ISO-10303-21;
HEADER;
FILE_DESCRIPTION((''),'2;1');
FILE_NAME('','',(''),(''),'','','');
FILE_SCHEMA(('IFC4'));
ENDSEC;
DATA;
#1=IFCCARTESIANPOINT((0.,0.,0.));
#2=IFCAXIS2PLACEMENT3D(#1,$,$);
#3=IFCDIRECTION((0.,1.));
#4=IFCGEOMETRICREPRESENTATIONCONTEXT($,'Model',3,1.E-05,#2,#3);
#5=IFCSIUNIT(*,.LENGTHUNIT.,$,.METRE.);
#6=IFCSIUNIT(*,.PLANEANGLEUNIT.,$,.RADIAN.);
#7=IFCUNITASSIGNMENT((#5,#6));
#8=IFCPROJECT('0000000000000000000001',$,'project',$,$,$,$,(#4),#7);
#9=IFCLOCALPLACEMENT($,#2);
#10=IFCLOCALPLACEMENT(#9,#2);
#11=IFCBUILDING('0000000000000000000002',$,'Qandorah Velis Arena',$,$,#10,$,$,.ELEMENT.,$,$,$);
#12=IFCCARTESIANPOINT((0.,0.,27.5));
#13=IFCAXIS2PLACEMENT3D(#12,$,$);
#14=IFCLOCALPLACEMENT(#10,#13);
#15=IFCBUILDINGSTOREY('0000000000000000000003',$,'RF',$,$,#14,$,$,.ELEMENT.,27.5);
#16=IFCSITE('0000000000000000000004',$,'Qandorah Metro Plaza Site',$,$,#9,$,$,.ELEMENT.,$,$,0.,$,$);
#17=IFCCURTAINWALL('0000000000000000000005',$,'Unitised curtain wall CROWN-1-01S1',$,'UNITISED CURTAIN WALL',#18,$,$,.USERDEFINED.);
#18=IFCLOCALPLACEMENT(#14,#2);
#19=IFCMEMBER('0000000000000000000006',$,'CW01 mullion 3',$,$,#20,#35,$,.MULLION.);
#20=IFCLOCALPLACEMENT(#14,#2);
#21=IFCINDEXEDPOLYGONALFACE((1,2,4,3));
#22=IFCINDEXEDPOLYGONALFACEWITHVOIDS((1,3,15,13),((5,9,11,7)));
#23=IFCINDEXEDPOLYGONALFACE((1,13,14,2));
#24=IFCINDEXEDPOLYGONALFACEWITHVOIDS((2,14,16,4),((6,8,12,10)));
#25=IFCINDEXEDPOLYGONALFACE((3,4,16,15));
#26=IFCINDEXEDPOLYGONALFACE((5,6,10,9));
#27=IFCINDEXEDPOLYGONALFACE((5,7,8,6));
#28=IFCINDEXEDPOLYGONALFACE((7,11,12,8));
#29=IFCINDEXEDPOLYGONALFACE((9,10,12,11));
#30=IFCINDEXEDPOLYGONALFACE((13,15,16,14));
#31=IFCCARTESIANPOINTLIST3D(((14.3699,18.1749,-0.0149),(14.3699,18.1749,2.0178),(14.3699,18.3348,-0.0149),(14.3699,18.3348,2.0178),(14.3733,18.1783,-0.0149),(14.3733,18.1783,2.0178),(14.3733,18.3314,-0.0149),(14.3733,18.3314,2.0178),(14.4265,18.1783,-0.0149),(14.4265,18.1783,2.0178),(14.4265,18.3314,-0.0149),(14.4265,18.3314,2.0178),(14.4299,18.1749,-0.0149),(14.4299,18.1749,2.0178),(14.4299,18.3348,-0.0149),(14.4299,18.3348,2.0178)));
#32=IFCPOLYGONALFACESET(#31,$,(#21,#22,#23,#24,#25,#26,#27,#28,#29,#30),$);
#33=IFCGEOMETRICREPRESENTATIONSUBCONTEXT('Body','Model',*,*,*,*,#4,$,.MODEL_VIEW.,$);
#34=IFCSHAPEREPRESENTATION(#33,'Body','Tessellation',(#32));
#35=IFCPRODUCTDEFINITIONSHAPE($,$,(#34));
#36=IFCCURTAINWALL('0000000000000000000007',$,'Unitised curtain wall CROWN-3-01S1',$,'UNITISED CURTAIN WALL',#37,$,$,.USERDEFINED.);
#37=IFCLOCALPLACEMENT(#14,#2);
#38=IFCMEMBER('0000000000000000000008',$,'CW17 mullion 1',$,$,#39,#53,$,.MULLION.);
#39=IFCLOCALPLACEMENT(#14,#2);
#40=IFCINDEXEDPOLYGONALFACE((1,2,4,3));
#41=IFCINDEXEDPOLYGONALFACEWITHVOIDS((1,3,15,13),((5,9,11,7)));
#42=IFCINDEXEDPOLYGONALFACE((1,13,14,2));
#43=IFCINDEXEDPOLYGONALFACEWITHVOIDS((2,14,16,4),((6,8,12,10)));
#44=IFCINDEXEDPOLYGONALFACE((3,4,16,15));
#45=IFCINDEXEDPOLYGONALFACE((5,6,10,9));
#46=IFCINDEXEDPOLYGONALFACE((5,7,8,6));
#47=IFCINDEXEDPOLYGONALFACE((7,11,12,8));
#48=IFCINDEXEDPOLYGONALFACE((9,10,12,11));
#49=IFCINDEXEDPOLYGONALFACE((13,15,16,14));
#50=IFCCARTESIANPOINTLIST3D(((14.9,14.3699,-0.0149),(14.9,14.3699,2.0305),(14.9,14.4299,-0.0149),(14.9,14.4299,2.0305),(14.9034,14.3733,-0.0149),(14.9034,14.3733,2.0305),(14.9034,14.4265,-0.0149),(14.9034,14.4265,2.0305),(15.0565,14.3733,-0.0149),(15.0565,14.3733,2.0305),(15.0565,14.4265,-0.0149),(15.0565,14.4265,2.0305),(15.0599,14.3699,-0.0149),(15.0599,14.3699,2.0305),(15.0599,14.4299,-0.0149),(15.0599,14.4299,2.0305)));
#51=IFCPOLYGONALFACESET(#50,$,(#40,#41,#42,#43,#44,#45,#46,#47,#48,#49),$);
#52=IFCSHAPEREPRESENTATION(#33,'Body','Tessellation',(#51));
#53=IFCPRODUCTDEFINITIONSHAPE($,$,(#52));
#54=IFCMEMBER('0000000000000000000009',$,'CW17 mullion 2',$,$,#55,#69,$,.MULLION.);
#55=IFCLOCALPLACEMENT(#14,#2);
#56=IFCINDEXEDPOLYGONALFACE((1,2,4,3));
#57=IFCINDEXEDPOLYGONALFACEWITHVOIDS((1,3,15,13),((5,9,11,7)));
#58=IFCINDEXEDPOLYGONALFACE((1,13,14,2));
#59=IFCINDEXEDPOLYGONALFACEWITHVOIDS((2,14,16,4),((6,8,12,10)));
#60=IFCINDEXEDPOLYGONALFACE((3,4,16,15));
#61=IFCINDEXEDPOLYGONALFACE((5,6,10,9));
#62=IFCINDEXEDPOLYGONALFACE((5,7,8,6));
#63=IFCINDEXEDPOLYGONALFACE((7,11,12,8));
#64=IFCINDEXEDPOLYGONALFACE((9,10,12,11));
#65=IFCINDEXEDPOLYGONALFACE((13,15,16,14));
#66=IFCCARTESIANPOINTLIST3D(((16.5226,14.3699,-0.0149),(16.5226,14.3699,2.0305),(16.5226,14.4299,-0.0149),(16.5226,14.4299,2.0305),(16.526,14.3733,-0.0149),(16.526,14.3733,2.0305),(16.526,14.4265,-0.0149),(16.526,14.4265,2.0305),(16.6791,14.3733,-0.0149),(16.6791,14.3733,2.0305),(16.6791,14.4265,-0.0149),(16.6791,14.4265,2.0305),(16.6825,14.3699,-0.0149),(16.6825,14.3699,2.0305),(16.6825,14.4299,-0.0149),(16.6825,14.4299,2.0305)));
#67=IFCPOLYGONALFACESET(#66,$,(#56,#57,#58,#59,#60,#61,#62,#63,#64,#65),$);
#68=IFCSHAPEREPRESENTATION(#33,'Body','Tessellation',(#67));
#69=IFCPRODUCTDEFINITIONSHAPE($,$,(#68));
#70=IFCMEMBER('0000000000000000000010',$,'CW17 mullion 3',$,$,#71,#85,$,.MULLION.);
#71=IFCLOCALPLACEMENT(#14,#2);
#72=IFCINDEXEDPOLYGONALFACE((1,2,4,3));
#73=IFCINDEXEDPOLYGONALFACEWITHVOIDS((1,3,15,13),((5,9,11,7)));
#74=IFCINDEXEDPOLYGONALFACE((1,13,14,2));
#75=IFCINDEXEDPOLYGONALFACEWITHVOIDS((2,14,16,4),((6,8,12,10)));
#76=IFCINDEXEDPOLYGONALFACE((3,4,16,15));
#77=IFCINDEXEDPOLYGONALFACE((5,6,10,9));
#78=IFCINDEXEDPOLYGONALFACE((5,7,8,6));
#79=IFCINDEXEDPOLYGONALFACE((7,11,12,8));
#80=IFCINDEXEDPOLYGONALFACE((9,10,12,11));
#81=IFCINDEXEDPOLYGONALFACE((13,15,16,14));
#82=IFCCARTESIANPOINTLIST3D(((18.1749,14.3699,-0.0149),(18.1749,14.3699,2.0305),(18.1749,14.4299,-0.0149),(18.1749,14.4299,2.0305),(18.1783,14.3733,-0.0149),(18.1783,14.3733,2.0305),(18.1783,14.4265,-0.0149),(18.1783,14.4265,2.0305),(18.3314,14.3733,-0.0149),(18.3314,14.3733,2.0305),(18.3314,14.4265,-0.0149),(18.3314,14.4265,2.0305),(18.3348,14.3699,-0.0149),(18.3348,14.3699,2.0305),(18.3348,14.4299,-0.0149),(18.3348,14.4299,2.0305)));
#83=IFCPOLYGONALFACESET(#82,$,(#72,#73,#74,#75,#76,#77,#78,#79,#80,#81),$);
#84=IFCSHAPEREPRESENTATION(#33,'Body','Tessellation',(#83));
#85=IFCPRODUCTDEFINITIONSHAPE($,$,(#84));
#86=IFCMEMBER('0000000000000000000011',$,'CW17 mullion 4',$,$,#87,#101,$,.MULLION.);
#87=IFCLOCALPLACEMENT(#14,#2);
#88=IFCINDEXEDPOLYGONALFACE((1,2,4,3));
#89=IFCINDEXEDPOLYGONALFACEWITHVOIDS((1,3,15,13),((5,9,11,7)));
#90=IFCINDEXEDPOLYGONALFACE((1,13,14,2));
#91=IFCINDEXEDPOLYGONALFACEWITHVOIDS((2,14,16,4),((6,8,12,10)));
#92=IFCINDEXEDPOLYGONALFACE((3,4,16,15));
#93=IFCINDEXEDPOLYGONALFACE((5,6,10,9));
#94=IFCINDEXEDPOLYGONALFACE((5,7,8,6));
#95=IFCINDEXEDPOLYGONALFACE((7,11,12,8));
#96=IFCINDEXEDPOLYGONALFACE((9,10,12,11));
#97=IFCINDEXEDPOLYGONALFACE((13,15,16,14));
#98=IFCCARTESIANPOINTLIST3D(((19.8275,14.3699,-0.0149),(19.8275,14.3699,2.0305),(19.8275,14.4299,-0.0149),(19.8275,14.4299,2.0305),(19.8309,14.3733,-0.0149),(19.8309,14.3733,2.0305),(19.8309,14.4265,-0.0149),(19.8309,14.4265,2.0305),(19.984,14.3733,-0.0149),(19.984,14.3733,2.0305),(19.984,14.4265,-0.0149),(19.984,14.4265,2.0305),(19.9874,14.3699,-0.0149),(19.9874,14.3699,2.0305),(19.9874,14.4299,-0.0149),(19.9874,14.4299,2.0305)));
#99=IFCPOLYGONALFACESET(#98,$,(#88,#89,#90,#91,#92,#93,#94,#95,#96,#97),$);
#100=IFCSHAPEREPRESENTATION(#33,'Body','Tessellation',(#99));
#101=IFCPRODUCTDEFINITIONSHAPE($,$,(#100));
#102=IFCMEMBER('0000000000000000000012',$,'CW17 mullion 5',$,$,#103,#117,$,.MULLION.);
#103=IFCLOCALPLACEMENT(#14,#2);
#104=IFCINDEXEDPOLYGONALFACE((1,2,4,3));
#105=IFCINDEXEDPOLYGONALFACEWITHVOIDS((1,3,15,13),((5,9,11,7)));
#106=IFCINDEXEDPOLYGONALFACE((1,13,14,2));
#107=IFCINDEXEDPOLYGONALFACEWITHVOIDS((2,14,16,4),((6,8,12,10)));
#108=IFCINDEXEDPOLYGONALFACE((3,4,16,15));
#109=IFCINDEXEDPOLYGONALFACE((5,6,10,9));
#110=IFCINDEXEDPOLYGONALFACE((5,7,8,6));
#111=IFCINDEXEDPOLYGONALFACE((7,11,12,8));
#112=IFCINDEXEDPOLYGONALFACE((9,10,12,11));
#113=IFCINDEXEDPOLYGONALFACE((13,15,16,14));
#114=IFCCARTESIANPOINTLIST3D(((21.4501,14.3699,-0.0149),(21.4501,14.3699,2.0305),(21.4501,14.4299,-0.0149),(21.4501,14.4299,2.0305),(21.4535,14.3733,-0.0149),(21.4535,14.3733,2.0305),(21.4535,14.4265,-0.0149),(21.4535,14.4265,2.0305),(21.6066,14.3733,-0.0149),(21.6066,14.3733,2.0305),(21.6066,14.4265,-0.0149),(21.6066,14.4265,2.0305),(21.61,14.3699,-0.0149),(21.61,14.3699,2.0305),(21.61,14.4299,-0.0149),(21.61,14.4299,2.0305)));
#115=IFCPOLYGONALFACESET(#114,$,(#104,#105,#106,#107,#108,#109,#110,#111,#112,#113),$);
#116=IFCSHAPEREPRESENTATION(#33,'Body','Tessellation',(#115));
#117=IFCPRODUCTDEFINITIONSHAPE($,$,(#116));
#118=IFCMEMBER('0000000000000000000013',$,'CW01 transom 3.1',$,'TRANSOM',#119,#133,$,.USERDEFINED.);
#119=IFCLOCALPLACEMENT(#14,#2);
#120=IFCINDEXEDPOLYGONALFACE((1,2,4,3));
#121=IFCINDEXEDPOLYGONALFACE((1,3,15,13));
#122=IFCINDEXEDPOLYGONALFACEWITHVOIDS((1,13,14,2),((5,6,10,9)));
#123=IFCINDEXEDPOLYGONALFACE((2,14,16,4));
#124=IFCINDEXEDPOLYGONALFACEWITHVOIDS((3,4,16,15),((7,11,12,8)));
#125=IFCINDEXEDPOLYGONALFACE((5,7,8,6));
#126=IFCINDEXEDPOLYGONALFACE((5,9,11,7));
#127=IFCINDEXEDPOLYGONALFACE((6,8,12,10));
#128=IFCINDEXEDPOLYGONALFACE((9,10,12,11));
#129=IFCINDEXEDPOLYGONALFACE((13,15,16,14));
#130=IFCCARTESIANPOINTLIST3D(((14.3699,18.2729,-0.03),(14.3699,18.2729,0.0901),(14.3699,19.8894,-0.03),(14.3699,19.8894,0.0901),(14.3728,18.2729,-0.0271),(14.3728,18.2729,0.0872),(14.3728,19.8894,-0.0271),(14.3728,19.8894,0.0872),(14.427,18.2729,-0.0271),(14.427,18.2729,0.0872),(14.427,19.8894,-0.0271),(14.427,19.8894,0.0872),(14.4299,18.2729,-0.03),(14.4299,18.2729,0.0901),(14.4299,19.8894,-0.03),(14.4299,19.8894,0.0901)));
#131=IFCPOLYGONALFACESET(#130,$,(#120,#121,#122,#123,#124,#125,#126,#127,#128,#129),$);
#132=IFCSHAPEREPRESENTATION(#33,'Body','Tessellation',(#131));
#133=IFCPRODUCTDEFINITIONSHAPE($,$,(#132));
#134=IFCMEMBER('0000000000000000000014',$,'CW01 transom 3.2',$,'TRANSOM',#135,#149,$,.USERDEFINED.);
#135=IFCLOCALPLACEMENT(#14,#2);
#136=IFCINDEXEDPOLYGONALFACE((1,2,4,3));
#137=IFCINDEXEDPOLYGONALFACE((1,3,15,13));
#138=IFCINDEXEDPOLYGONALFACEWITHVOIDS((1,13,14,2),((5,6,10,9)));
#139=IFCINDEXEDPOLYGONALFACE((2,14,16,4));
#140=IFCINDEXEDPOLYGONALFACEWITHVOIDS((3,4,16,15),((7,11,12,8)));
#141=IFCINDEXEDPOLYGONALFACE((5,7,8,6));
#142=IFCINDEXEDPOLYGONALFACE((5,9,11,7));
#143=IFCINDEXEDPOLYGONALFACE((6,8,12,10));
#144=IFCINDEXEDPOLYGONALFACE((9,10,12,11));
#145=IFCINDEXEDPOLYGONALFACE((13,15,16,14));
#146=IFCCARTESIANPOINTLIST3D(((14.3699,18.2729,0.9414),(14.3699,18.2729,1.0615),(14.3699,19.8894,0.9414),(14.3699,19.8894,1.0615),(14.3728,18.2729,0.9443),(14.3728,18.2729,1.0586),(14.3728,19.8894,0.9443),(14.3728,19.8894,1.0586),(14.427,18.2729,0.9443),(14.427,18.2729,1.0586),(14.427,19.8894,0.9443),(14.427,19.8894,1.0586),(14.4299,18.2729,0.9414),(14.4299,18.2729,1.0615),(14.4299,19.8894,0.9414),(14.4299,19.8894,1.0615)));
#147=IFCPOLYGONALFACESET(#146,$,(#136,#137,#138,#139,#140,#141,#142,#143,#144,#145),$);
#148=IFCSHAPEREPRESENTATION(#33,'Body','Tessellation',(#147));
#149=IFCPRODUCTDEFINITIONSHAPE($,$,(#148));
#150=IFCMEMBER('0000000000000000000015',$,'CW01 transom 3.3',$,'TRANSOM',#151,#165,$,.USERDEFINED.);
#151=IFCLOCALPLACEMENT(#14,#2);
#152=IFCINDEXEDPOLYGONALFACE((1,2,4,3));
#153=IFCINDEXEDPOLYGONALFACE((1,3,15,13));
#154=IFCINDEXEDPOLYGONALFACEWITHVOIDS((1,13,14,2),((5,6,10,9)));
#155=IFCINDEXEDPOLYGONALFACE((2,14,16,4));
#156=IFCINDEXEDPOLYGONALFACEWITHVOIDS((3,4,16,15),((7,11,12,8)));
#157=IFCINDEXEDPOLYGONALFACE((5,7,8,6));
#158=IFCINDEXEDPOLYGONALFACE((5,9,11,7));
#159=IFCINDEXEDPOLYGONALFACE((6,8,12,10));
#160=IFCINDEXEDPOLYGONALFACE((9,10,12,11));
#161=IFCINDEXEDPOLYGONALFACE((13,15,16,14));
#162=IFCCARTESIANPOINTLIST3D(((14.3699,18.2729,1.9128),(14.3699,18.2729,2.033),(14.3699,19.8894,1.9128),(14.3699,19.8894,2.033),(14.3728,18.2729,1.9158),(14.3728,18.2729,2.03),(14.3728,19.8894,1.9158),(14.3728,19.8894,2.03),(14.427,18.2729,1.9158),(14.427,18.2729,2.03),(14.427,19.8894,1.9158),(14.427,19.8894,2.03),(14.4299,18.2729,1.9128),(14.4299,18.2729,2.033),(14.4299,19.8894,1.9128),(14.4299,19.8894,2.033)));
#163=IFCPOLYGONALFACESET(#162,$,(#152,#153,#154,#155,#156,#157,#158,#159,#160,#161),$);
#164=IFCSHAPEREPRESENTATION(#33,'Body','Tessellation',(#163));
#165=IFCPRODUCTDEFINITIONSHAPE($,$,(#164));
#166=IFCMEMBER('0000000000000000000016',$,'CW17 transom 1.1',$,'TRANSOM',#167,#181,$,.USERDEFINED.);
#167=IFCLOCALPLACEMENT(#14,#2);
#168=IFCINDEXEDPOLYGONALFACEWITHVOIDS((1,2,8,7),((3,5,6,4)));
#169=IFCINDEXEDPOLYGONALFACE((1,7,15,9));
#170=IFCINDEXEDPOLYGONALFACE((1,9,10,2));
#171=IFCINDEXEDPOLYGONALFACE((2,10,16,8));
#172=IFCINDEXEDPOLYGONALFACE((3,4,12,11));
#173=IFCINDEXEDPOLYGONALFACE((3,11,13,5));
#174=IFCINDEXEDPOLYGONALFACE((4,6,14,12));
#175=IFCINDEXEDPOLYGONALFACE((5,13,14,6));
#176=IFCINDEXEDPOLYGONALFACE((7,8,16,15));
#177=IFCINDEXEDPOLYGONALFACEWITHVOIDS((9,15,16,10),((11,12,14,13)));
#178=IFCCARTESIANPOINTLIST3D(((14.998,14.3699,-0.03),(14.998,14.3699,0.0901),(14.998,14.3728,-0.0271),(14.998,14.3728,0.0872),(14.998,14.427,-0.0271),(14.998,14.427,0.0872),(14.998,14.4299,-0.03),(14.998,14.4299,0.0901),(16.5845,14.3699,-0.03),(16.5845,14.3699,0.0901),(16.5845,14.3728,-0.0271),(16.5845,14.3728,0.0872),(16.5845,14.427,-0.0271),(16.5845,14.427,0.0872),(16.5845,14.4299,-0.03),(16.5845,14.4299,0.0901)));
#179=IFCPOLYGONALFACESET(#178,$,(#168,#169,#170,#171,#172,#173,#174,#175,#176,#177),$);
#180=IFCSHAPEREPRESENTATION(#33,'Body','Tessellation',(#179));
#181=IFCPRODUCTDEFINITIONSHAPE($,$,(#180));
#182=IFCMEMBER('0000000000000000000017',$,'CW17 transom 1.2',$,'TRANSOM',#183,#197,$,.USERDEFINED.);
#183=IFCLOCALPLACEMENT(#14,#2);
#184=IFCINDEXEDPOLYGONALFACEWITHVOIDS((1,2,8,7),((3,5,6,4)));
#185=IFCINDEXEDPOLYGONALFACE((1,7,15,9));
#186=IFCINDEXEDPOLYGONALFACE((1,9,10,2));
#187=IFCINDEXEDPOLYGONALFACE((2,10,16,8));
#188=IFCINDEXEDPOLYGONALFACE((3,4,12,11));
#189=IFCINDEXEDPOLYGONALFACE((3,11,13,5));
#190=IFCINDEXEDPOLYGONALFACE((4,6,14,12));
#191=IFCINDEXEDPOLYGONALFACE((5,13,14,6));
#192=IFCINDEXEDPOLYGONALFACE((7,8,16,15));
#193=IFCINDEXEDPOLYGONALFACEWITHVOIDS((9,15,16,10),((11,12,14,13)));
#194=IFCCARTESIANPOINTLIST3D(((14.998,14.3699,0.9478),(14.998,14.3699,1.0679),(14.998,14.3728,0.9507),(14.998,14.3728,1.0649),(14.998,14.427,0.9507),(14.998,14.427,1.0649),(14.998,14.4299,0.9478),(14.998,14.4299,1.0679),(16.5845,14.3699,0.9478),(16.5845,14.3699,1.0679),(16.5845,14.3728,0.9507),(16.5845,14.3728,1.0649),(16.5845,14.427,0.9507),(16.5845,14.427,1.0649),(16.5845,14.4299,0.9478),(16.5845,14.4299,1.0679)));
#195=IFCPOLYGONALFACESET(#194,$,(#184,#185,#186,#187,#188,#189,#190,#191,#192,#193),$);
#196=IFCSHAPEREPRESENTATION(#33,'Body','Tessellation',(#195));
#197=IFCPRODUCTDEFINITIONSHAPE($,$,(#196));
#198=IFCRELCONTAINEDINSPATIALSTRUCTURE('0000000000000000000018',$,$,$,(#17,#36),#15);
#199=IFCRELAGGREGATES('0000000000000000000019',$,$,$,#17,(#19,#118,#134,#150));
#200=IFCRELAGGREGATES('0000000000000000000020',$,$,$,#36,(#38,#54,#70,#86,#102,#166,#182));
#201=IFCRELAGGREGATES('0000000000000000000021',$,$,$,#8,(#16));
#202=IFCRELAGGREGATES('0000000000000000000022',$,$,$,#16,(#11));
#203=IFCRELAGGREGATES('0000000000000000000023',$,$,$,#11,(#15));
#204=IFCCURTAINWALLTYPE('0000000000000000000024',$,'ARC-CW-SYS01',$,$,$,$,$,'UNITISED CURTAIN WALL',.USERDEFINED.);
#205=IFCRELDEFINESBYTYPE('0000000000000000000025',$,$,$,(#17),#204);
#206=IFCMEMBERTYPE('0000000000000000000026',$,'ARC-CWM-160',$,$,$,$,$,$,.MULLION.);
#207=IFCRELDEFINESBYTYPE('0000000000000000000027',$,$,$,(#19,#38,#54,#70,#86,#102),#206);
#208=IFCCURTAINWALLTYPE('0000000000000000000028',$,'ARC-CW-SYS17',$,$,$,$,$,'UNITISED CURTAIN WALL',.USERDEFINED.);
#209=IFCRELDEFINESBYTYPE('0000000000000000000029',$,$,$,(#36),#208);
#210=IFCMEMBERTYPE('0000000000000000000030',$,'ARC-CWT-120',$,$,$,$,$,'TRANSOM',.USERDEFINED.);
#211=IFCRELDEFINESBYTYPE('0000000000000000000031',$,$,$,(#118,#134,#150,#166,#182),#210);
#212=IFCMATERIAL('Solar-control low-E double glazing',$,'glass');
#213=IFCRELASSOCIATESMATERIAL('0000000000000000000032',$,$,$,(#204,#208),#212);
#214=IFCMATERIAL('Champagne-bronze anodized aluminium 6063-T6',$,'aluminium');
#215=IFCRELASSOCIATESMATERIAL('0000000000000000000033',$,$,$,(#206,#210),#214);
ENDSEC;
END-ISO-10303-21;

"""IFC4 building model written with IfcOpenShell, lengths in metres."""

from ifc_helpers import new_model, si_unit, direction, frame, origin, origin_2d, place, context, subcontext, project, spatial, hollow_rectangle, extrude, material, material_profile, profile_set, type_object, element, aggregate, save


model = new_model("IFC4")

# Units and contexts
model_context = context("Model", 3, precision=1e-05, world=origin(), true_north=direction((0.0, 1.0)))
body_context = subcontext(model_context, "Body", "Model", "MODEL_VIEW")
ifc_project = project(units=[si_unit("LENGTHUNIT", "METRE"), si_unit("PLANEANGLEUNIT", "RADIAN")], contexts=[model_context])

# Site, building, storey
site_placement = place(None, origin())
site = spatial("IfcSite", under=ifc_project, at=site_placement, Name="Qandorah Metro Plaza Site", CompositionType="ELEMENT", RefElevation=0.0)
building_placement = place(site_placement, origin())
building = spatial("IfcBuilding", under=site, at=building_placement, Name="Qandorah Velis Arena", CompositionType="ELEMENT")
storey_placement = place(building_placement, frame((0.0, 0.0, 27.5)))
storey = spatial("IfcBuildingStorey", under=building, at=storey_placement, Name="RF", CompositionType="ELEMENT", Elevation=27.5)

# Curtain wall, member
ifc_material_1 = material(Name="Solar-control low-E double glazing", Category="glass")
curtain_wall_type_1 = type_object("IfcCurtainWallType", Name="ARC-CW-SYS01", ElementType="UNITISED CURTAIN WALL", PredefinedType="USERDEFINED", material=ifc_material_1)
curtain_wall_1_placement = place(storey_placement, origin())
curtain_wall_1 = element("IfcCurtainWall", 1, at=curtain_wall_1_placement, inside=storey, type_object=curtain_wall_type_1, Name="Unitised curtain wall CROWN-1-01S1", ObjectType="UNITISED CURTAIN WALL", PredefinedType="USERDEFINED")
ifc_material_2 = material(Name="Champagne-bronze anodized aluminium 6063-T6", Category="aluminium")
ifc_material_profile_1 = material_profile(ifc_material_2, hollow_rectangle(XDim=0.0601, YDim=0.1599, WallThickness=0.0034, at=origin_2d()), Name="ALU MULLION 60x160")
ifc_profile_set_1 = profile_set([ifc_material_profile_1], Name="Champagne-bronze anodized aluminium 6063-T6")
member_type_1 = type_object("IfcMemberType", Name="ARC-CWM-160", PredefinedType="MULLION", material=ifc_profile_set_1)
member_1_placement = place(storey_placement, frame((14.3999, 18.2549, -0.0149), z_axis=(0.0, 0.0, 1.0), x_axis=(-1.0, 0.0, 0.0)))
member_1 = element("IfcMember", 2, at=member_1_placement, type_object=member_type_1, Name="CW01 mullion 3", PredefinedType="MULLION", context=body_context, shape_type="SweptSolid", body=[
    extrude(hollow_rectangle(XDim=0.0601, YDim=0.1599, WallThickness=0.0034, at=origin_2d()), origin(), (0.0, 0.0, 1.0), 2.0327),
])

# Curtain wall, members
curtain_wall_type_2 = type_object("IfcCurtainWallType", Name="ARC-CW-SYS17", ElementType="UNITISED CURTAIN WALL", PredefinedType="USERDEFINED", material=ifc_material_1)
curtain_wall_2_placement = place(storey_placement, origin())
curtain_wall_2 = element("IfcCurtainWall", 3, at=curtain_wall_2_placement, inside=storey, type_object=curtain_wall_type_2, Name="Unitised curtain wall CROWN-3-01S1", ObjectType="UNITISED CURTAIN WALL", PredefinedType="USERDEFINED")
member_2_placement = place(storey_placement, frame((14.98, 14.3999, -0.0149), z_axis=(0.0, 0.0, 1.0), x_axis=(0.0, 1.0, 0.0)))
member_2 = element("IfcMember", 4, at=member_2_placement, type_object=member_type_1, Name="CW17 mullion 1", PredefinedType="MULLION", context=body_context, shape_type="SweptSolid", body=[
    extrude(hollow_rectangle(XDim=0.0601, YDim=0.1599, WallThickness=0.0034, at=origin_2d()), origin(), (0.0, 0.0, 1.0), 2.0454),
])
member_3_placement = place(storey_placement, frame((16.6025, 14.3999, -0.0149), z_axis=(0.0, 0.0, 1.0), x_axis=(0.0, 1.0, 0.0)))
member_3 = element("IfcMember", 5, at=member_3_placement, type_object=member_type_1, Name="CW17 mullion 2", PredefinedType="MULLION", context=body_context, shape_type="SweptSolid", body=[
    extrude(hollow_rectangle(XDim=0.0601, YDim=0.1599, WallThickness=0.0034, at=origin_2d()), origin(), (0.0, 0.0, 1.0), 2.0454),
])
member_4_placement = place(storey_placement, frame((18.2549, 14.3999, -0.0149), z_axis=(0.0, 0.0, 1.0), x_axis=(0.0, 1.0, 0.0)))
member_4 = element("IfcMember", 6, at=member_4_placement, type_object=member_type_1, Name="CW17 mullion 3", PredefinedType="MULLION", context=body_context, shape_type="SweptSolid", body=[
    extrude(hollow_rectangle(XDim=0.0601, YDim=0.1599, WallThickness=0.0034, at=origin_2d()), origin(), (0.0, 0.0, 1.0), 2.0454),
])
member_5_placement = place(storey_placement, frame((19.9075, 14.3999, -0.0149), z_axis=(0.0, 0.0, 1.0), x_axis=(0.0, 1.0, 0.0)))
member_5 = element("IfcMember", 7, at=member_5_placement, type_object=member_type_1, Name="CW17 mullion 4", PredefinedType="MULLION", context=body_context, shape_type="SweptSolid", body=[
    extrude(hollow_rectangle(XDim=0.0601, YDim=0.1599, WallThickness=0.0034, at=origin_2d()), origin(), (0.0, 0.0, 1.0), 2.0454),
])
member_6_placement = place(storey_placement, frame((21.53, 14.3999, -0.0149), z_axis=(0.0, 0.0, 1.0), x_axis=(0.0, 1.0, 0.0)))
member_6 = element("IfcMember", 8, at=member_6_placement, type_object=member_type_1, Name="CW17 mullion 5", PredefinedType="MULLION", context=body_context, shape_type="SweptSolid", body=[
    extrude(hollow_rectangle(XDim=0.0601, YDim=0.1599, WallThickness=0.0034, at=origin_2d()), origin(), (0.0, 0.0, 1.0), 2.0454),
])

# Members
ifc_material_profile_2 = material_profile(ifc_material_2, hollow_rectangle(XDim=0.0601, YDim=0.1201, WallThickness=0.0029, at=origin_2d()), Name="ALU TRANSOM 60x120")
ifc_profile_set_2 = profile_set([ifc_material_profile_2], Name="Champagne-bronze anodized aluminium 6063-T6")
member_type_2 = type_object("IfcMemberType", Name="ARC-CWT-120", ElementType="TRANSOM", PredefinedType="USERDEFINED", material=ifc_profile_set_2)
member_7_placement = place(storey_placement, frame((14.3999, 18.2729, 0.03), z_axis=(0.0, 1.0, 0.0), x_axis=(-1.0, 0.0, 0.0)))
member_7 = element("IfcMember", 9, at=member_7_placement, type_object=member_type_2, Name="CW01 transom 3.1", ObjectType="TRANSOM", PredefinedType="USERDEFINED", context=body_context, shape_type="SweptSolid", body=[
    extrude(hollow_rectangle(XDim=0.0601, YDim=0.1201, WallThickness=0.0029, at=origin_2d()), origin(), (0.0, 0.0, 1.0), 1.6165),
])
member_8_placement = place(storey_placement, frame((14.3999, 18.2729, 1.0015), z_axis=(0.0, 1.0, 0.0), x_axis=(-1.0, 0.0, 0.0)))
member_8 = element("IfcMember", 10, at=member_8_placement, type_object=member_type_2, Name="CW01 transom 3.2", ObjectType="TRANSOM", PredefinedType="USERDEFINED", context=body_context, shape_type="SweptSolid", body=[
    extrude(hollow_rectangle(XDim=0.0601, YDim=0.1201, WallThickness=0.0029, at=origin_2d()), origin(), (0.0, 0.0, 1.0), 1.6165),
])
member_9_placement = place(storey_placement, frame((14.3999, 18.2729, 1.9729), z_axis=(0.0, 1.0, 0.0), x_axis=(-1.0, 0.0, 0.0)))
member_9 = element("IfcMember", 11, at=member_9_placement, type_object=member_type_2, Name="CW01 transom 3.3", ObjectType="TRANSOM", PredefinedType="USERDEFINED", context=body_context, shape_type="SweptSolid", body=[
    extrude(hollow_rectangle(XDim=0.0601, YDim=0.1201, WallThickness=0.0029, at=origin_2d()), origin(), (0.0, 0.0, 1.0), 1.6165),
])
member_10_placement = place(storey_placement, frame((14.998, 14.3999, 0.03), z_axis=(1.0, 0.0, 0.0), x_axis=(0.0, 1.0, 0.0)))
member_10 = element("IfcMember", 12, at=member_10_placement, type_object=member_type_2, Name="CW17 transom 1.1", ObjectType="TRANSOM", PredefinedType="USERDEFINED", context=body_context, shape_type="SweptSolid", body=[
    extrude(hollow_rectangle(XDim=0.0601, YDim=0.1201, WallThickness=0.0029, at=origin_2d()), origin(), (0.0, 0.0, 1.0), 1.5864),
])
member_11_placement = place(storey_placement, frame((14.998, 14.3999, 1.0078), z_axis=(1.0, 0.0, 0.0), x_axis=(0.0, 1.0, 0.0)))
member_11 = element("IfcMember", 13, at=member_11_placement, type_object=member_type_2, Name="CW17 transom 1.2", ObjectType="TRANSOM", PredefinedType="USERDEFINED", context=body_context, shape_type="SweptSolid", body=[
    extrude(hollow_rectangle(XDim=0.0601, YDim=0.1201, WallThickness=0.0029, at=origin_2d()), origin(), (0.0, 0.0, 1.0), 1.5864),
])

aggregate(curtain_wall_1, [member_1, member_7, member_8, member_9])
aggregate(curtain_wall_2, [member_2, member_3, member_4, member_5, member_6, member_10, member_11])

save(model, "model.ifc")
